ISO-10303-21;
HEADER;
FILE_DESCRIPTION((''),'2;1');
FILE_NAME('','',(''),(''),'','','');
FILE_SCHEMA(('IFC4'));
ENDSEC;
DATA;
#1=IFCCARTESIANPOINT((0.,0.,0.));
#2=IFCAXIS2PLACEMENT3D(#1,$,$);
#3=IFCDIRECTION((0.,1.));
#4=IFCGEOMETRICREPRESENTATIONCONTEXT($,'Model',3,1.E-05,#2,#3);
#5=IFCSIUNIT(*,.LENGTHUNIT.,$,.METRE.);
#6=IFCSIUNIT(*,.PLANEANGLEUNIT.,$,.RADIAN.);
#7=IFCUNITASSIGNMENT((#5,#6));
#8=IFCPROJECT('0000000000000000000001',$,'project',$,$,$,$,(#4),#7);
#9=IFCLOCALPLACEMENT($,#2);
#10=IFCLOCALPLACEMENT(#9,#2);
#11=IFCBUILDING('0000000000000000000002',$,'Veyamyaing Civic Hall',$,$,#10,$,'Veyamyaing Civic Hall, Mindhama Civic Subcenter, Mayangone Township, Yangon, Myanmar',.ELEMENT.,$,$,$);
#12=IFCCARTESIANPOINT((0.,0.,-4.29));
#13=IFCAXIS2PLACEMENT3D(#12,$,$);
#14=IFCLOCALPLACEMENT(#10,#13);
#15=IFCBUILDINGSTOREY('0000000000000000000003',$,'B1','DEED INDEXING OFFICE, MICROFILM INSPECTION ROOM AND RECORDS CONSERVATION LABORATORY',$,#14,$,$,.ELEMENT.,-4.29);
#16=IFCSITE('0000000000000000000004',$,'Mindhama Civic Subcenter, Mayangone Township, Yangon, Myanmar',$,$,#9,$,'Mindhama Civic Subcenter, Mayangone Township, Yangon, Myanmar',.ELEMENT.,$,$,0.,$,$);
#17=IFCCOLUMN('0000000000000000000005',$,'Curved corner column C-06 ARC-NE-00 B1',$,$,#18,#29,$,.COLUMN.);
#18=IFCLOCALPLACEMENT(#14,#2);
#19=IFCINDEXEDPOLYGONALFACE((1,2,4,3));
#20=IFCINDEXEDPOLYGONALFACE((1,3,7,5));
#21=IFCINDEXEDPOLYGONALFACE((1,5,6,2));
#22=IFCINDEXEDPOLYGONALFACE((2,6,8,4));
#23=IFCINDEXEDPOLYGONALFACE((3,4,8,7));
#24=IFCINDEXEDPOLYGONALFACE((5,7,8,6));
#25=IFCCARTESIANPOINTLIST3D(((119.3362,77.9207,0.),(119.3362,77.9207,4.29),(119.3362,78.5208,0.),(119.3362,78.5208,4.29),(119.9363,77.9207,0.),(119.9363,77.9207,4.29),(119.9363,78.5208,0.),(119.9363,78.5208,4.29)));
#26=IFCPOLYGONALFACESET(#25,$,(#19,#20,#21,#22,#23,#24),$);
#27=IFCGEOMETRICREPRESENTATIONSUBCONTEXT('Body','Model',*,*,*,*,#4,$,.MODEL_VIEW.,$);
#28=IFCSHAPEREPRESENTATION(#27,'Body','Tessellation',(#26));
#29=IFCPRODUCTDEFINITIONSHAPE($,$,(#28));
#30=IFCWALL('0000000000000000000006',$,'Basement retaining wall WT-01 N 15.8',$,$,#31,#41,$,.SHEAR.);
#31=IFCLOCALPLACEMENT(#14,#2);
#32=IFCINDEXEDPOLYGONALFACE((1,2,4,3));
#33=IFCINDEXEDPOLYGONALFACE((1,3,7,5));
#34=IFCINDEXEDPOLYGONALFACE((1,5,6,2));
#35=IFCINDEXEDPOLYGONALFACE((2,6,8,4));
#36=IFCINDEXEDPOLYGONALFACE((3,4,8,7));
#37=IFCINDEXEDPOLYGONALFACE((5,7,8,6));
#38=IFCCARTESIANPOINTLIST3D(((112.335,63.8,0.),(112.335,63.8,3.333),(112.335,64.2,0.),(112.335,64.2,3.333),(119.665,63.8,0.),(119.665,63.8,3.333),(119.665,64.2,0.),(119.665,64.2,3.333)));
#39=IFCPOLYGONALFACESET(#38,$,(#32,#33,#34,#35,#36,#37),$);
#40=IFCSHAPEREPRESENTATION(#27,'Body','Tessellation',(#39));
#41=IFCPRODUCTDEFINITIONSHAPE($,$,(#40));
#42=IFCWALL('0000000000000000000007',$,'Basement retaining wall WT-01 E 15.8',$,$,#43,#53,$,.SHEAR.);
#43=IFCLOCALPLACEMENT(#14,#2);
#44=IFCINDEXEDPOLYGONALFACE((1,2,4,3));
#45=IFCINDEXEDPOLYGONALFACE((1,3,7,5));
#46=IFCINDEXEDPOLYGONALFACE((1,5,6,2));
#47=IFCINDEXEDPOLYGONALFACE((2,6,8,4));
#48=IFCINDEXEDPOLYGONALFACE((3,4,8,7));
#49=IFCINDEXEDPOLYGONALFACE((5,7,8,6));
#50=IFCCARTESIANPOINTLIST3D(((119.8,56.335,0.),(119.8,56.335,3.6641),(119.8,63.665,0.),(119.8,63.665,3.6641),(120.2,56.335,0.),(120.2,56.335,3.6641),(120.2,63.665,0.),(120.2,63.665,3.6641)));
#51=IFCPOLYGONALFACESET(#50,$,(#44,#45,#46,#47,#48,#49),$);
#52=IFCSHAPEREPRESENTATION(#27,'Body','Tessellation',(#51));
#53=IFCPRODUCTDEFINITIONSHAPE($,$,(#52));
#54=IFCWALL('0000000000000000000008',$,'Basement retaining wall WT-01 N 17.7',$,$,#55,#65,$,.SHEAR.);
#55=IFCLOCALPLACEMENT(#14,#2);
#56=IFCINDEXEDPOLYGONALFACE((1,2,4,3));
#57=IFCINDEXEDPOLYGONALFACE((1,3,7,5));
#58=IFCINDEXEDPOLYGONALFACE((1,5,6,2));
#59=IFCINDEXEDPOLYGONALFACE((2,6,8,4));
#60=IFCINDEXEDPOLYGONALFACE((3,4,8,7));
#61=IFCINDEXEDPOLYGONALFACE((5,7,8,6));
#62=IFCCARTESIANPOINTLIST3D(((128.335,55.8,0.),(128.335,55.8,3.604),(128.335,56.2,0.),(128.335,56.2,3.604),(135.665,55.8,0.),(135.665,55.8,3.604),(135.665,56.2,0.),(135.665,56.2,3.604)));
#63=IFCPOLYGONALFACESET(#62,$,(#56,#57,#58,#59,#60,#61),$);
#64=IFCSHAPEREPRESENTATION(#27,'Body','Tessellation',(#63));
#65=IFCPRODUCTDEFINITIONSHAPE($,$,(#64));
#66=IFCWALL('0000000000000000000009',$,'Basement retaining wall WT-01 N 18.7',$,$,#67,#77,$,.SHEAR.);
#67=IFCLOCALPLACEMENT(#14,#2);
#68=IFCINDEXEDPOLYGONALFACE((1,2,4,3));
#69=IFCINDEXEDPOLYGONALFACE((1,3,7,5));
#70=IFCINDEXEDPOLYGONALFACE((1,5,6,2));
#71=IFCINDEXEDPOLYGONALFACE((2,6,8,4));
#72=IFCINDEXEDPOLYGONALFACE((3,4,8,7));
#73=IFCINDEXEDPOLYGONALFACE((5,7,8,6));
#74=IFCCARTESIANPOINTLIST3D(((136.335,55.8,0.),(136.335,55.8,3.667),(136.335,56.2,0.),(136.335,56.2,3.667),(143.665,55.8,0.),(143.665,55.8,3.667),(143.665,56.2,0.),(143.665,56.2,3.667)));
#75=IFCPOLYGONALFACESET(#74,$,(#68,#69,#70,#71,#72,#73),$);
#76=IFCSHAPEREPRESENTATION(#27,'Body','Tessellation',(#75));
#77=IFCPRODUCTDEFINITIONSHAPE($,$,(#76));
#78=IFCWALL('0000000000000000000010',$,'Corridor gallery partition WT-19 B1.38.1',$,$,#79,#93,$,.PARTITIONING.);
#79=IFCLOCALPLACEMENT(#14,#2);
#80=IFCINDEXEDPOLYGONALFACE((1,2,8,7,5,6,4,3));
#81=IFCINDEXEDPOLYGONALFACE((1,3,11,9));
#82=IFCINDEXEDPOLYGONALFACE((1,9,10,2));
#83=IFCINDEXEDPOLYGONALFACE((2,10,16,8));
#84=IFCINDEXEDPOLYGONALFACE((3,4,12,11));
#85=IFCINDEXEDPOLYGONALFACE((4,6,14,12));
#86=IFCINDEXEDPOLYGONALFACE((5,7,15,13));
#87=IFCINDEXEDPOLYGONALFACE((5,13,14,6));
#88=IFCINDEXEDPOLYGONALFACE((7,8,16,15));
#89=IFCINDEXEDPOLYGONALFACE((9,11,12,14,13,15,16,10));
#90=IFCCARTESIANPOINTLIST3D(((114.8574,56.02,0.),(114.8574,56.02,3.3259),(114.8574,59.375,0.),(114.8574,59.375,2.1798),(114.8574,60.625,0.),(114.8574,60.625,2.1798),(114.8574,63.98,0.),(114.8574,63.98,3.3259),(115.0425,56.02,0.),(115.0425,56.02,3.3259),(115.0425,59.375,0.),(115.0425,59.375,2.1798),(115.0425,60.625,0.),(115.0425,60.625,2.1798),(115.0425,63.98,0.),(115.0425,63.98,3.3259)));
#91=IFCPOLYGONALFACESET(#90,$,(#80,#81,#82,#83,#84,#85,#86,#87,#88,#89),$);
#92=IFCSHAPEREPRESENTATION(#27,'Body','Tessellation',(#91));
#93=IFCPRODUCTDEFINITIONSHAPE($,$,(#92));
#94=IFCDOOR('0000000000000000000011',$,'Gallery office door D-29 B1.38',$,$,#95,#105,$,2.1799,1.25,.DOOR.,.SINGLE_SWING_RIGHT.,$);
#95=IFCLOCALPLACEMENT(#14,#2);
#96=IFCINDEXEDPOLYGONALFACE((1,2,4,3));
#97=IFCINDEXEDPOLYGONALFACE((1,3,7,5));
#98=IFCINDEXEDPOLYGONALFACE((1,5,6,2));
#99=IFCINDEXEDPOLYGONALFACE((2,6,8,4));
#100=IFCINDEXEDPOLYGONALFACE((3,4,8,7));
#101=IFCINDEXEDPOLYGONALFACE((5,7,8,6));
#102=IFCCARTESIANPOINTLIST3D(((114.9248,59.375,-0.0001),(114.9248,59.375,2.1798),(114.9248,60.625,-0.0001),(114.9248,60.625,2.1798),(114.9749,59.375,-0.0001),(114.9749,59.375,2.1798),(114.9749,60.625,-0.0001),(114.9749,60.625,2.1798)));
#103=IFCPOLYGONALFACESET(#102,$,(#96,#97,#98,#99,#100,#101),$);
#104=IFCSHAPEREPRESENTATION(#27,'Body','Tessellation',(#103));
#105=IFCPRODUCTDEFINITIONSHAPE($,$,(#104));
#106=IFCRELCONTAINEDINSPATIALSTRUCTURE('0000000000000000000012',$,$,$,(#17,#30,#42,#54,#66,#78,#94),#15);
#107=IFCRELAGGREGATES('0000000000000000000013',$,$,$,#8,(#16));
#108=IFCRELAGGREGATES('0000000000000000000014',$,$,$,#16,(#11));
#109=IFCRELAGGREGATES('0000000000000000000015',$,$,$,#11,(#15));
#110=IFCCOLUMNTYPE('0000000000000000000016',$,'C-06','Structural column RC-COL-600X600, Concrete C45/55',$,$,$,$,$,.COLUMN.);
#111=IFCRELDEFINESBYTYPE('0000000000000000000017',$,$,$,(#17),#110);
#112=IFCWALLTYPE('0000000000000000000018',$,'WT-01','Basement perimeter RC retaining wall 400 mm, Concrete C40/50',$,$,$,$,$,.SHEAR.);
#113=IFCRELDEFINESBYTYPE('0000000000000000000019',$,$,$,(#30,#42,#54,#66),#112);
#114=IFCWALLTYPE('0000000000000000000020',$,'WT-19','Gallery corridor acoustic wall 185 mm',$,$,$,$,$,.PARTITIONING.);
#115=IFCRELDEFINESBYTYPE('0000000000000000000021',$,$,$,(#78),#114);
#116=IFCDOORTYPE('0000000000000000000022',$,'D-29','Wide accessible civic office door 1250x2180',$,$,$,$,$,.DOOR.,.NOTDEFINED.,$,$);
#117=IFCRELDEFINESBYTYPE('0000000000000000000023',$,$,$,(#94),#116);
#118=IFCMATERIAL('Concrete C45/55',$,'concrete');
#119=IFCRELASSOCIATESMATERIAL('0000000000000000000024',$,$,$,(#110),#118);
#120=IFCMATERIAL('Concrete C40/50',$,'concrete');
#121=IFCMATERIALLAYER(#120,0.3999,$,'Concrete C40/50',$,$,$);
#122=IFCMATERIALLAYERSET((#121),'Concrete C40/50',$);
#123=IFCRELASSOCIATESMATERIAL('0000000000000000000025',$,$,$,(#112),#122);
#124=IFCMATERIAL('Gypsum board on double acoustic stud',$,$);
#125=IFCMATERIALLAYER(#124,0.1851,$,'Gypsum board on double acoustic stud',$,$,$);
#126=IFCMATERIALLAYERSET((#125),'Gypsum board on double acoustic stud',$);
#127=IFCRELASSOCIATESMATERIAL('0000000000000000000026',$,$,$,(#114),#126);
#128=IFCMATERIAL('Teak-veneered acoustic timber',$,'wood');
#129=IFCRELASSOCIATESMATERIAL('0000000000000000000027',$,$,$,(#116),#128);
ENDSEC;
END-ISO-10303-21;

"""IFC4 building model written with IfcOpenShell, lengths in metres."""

from ifc_helpers import new_model, si_unit, direction, frame, frame_2d, origin, origin_2d, place, context, subcontext, project, spatial, rectangle, extrude, material, layer, layer_set, material_profile, profile_set, type_object, element, fill, save


model = new_model("IFC4")

# Units and contexts
model_context = context("Model", 3, precision=1e-05, world=origin(), true_north=direction((0.0, 1.0)))
body_context = subcontext(model_context, "Body", "Model", "MODEL_VIEW")
ifc_project = project(units=[si_unit("LENGTHUNIT", "METRE"), si_unit("PLANEANGLEUNIT", "RADIAN")], contexts=[model_context])

# Site, building, storey
site_placement = place(None, origin())
site = spatial("IfcSite", under=ifc_project, at=site_placement, Name="Mindhama Civic Subcenter, Mayangone Township, Yangon, Myanmar", LongName="Mindhama Civic Subcenter, Mayangone Township, Yangon, Myanmar", CompositionType="ELEMENT", RefElevation=0.0)
building_placement = place(site_placement, origin())
building = spatial("IfcBuilding", under=site, at=building_placement, Name="Veyamyaing Civic Hall", LongName="Veyamyaing Civic Hall, Mindhama Civic Subcenter, Mayangone Township, Yangon, Myanmar", CompositionType="ELEMENT")
storey_placement = place(building_placement, frame((0.0, 0.0, -4.29)))
storey = spatial("IfcBuildingStorey", under=building, at=storey_placement, Name="B1", Description="DEED INDEXING OFFICE, MICROFILM INSPECTION ROOM AND RECORDS CONSERVATION LABORATORY", CompositionType="ELEMENT", Elevation=-4.29)

# Shared definitions
ifc_material_1 = material(Name="Concrete C40/50", Category="concrete")

# Column
ifc_material_2 = material(Name="Concrete C45/55", Category="concrete")
ifc_material_profile_1 = material_profile(ifc_material_2, rectangle(XDim=0.6001, YDim=0.6001, at=origin_2d()), Name="RC-COL-600X600")
ifc_profile_set_1 = profile_set([ifc_material_profile_1], Name="Concrete C45/55")
column_type_1 = type_object("IfcColumnType", Name="C-06", Description="Structural column RC-COL-600X600, Concrete C45/55", PredefinedType="COLUMN", material=ifc_profile_set_1)
column_placement = place(storey_placement, frame((119.6362, 78.2207, 0.0), z_axis=(0.0, 0.0, 1.0), x_axis=(1.0, 0.0, 0.0)))
element("IfcColumn", 1, at=column_placement, inside=storey, type_object=column_type_1, Name="Curved corner column C-06 ARC-NE-00 B1", PredefinedType="COLUMN", context=body_context, shape_type="SweptSolid", body=[
    extrude(rectangle(XDim=0.6001, YDim=0.6001, at=origin_2d()), origin(), (0.0, 0.0, 1.0), 4.29),
])

# Walls
ifc_layer_1 = layer(ifc_material_1, 0.3999, Name="Concrete C40/50")
ifc_layer_set_1 = layer_set([ifc_layer_1], Name="Concrete C40/50")
wall_type_1 = type_object("IfcWallType", Name="WT-01", Description="Basement perimeter RC retaining wall 400 mm, Concrete C40/50", PredefinedType="SHEAR", material=ifc_layer_set_1)
wall_1_placement = place(storey_placement, frame((112.335, 64.0, 0.0), z_axis=(0.0, 0.0, 1.0), x_axis=(1.0, 0.0, 0.0)))
element("IfcWall", 2, at=wall_1_placement, inside=storey, type_object=wall_type_1, Name="Basement retaining wall WT-01 N 15.8", PredefinedType="SHEAR", context=body_context, shape_type="SweptSolid", body=[
    extrude(rectangle(XDim=7.3301, YDim=0.3999, at=frame_2d((3.665, 0.0))), origin(), (0.0, 0.0, 1.0), 3.333),
])
wall_2_placement = place(storey_placement, frame((120.0, 56.335, 0.0), z_axis=(0.0, 0.0, 1.0), x_axis=(0.0, 1.0, 0.0)))
element("IfcWall", 3, at=wall_2_placement, inside=storey, type_object=wall_type_1, Name="Basement retaining wall WT-01 E 15.8", PredefinedType="SHEAR", context=body_context, shape_type="SweptSolid", body=[
    extrude(rectangle(XDim=7.3301, YDim=0.3999, at=frame_2d((3.665, 0.0))), origin(), (0.0, 0.0, 1.0), 3.6641),
])
wall_3_placement = place(storey_placement, frame((128.335, 56.0, 0.0), z_axis=(0.0, 0.0, 1.0), x_axis=(1.0, 0.0, 0.0)))
element("IfcWall", 4, at=wall_3_placement, inside=storey, type_object=wall_type_1, Name="Basement retaining wall WT-01 N 17.7", PredefinedType="SHEAR", context=body_context, shape_type="SweptSolid", body=[
    extrude(rectangle(XDim=7.3301, YDim=0.3999, at=frame_2d((3.665, 0.0))), origin(), (0.0, 0.0, 1.0), 3.604),
])
wall_4_placement = place(storey_placement, frame((136.335, 56.0, 0.0), z_axis=(0.0, 0.0, 1.0), x_axis=(1.0, 0.0, 0.0)))
element("IfcWall", 5, at=wall_4_placement, inside=storey, type_object=wall_type_1, Name="Basement retaining wall WT-01 N 18.7", PredefinedType="SHEAR", context=body_context, shape_type="SweptSolid", body=[
    extrude(rectangle(XDim=7.3301, YDim=0.3999, at=frame_2d((3.665, 0.0))), origin(), (0.0, 0.0, 1.0), 3.667),
])

# Wall, opening, door
ifc_material_3 = material(Name="Gypsum board on double acoustic stud")
ifc_layer_2 = layer(ifc_material_3, 0.1851, Name="Gypsum board on double acoustic stud")
ifc_layer_set_2 = layer_set([ifc_layer_2], Name="Gypsum board on double acoustic stud")
wall_type_2 = type_object("IfcWallType", Name="WT-19", Description="Gallery corridor acoustic wall 185 mm", PredefinedType="PARTITIONING", material=ifc_layer_set_2)
wall_5_placement = place(storey_placement, frame((114.95, 56.02, 0.0), z_axis=(0.0, 0.0, 1.0), x_axis=(0.0, 1.0, 0.0)))
wall_5 = element("IfcWall", 6, at=wall_5_placement, inside=storey, type_object=wall_type_2, Name="Corridor gallery partition WT-19 B1.38.1", PredefinedType="PARTITIONING", context=body_context, shape_type="SweptSolid", body=[
    extrude(rectangle(XDim=7.96, YDim=0.1851, at=frame_2d((3.98, 0.0))), origin(), (0.0, 0.0, 1.0), 3.3259),
])
opening_placement = place(wall_5_placement, frame((3.355, 0.0, 0.0)))
opening = element("IfcOpeningElement", 7, at=opening_placement, cuts=wall_5, PredefinedType="OPENING", context=body_context, shape_type="SweptSolid", body=[
    extrude(rectangle(XDim=1.25, YDim=2.1799, at=frame_2d((0.625, 1.0898))), frame((0.0, 0.1025, 0.0), z_axis=(0.0, -1.0, 0.0), x_axis=(1.0, 0.0, 0.0)), (0.0, 0.0, 1.0), 0.2051),
])
ifc_material_4 = material(Name="Teak-veneered acoustic timber", Category="wood")
door_type = type_object("IfcDoorType", Name="D-29", Description="Wide accessible civic office door 1250x2180", OperationType="NOTDEFINED", PredefinedType="DOOR", material=ifc_material_4)
door_placement = place(opening_placement, frame((1.25, 0.0, 0.0), z_axis=(0.0, 0.0, 1.0), x_axis=(-1.0, 0.0, 0.0)))
door = element("IfcDoor", 8, at=door_placement, inside=storey, type_object=door_type, Name="Gallery office door D-29 B1.38", OperationType="SINGLE_SWING_RIGHT", OverallHeight=2.1799, OverallWidth=1.25, PredefinedType="DOOR", context=body_context, shape_type="SweptSolid", body=[
    extrude(rectangle(XDim=1.25, YDim=2.1799, at=frame_2d((0.625, 1.0898))), frame((0.0, 0.0249, 0.0), z_axis=(0.0, -1.0, 0.0), x_axis=(1.0, 0.0, 0.0)), (0.0, 0.0, 1.0), 0.05),
])
fill(opening, door)

save(model, "model.ifc")
